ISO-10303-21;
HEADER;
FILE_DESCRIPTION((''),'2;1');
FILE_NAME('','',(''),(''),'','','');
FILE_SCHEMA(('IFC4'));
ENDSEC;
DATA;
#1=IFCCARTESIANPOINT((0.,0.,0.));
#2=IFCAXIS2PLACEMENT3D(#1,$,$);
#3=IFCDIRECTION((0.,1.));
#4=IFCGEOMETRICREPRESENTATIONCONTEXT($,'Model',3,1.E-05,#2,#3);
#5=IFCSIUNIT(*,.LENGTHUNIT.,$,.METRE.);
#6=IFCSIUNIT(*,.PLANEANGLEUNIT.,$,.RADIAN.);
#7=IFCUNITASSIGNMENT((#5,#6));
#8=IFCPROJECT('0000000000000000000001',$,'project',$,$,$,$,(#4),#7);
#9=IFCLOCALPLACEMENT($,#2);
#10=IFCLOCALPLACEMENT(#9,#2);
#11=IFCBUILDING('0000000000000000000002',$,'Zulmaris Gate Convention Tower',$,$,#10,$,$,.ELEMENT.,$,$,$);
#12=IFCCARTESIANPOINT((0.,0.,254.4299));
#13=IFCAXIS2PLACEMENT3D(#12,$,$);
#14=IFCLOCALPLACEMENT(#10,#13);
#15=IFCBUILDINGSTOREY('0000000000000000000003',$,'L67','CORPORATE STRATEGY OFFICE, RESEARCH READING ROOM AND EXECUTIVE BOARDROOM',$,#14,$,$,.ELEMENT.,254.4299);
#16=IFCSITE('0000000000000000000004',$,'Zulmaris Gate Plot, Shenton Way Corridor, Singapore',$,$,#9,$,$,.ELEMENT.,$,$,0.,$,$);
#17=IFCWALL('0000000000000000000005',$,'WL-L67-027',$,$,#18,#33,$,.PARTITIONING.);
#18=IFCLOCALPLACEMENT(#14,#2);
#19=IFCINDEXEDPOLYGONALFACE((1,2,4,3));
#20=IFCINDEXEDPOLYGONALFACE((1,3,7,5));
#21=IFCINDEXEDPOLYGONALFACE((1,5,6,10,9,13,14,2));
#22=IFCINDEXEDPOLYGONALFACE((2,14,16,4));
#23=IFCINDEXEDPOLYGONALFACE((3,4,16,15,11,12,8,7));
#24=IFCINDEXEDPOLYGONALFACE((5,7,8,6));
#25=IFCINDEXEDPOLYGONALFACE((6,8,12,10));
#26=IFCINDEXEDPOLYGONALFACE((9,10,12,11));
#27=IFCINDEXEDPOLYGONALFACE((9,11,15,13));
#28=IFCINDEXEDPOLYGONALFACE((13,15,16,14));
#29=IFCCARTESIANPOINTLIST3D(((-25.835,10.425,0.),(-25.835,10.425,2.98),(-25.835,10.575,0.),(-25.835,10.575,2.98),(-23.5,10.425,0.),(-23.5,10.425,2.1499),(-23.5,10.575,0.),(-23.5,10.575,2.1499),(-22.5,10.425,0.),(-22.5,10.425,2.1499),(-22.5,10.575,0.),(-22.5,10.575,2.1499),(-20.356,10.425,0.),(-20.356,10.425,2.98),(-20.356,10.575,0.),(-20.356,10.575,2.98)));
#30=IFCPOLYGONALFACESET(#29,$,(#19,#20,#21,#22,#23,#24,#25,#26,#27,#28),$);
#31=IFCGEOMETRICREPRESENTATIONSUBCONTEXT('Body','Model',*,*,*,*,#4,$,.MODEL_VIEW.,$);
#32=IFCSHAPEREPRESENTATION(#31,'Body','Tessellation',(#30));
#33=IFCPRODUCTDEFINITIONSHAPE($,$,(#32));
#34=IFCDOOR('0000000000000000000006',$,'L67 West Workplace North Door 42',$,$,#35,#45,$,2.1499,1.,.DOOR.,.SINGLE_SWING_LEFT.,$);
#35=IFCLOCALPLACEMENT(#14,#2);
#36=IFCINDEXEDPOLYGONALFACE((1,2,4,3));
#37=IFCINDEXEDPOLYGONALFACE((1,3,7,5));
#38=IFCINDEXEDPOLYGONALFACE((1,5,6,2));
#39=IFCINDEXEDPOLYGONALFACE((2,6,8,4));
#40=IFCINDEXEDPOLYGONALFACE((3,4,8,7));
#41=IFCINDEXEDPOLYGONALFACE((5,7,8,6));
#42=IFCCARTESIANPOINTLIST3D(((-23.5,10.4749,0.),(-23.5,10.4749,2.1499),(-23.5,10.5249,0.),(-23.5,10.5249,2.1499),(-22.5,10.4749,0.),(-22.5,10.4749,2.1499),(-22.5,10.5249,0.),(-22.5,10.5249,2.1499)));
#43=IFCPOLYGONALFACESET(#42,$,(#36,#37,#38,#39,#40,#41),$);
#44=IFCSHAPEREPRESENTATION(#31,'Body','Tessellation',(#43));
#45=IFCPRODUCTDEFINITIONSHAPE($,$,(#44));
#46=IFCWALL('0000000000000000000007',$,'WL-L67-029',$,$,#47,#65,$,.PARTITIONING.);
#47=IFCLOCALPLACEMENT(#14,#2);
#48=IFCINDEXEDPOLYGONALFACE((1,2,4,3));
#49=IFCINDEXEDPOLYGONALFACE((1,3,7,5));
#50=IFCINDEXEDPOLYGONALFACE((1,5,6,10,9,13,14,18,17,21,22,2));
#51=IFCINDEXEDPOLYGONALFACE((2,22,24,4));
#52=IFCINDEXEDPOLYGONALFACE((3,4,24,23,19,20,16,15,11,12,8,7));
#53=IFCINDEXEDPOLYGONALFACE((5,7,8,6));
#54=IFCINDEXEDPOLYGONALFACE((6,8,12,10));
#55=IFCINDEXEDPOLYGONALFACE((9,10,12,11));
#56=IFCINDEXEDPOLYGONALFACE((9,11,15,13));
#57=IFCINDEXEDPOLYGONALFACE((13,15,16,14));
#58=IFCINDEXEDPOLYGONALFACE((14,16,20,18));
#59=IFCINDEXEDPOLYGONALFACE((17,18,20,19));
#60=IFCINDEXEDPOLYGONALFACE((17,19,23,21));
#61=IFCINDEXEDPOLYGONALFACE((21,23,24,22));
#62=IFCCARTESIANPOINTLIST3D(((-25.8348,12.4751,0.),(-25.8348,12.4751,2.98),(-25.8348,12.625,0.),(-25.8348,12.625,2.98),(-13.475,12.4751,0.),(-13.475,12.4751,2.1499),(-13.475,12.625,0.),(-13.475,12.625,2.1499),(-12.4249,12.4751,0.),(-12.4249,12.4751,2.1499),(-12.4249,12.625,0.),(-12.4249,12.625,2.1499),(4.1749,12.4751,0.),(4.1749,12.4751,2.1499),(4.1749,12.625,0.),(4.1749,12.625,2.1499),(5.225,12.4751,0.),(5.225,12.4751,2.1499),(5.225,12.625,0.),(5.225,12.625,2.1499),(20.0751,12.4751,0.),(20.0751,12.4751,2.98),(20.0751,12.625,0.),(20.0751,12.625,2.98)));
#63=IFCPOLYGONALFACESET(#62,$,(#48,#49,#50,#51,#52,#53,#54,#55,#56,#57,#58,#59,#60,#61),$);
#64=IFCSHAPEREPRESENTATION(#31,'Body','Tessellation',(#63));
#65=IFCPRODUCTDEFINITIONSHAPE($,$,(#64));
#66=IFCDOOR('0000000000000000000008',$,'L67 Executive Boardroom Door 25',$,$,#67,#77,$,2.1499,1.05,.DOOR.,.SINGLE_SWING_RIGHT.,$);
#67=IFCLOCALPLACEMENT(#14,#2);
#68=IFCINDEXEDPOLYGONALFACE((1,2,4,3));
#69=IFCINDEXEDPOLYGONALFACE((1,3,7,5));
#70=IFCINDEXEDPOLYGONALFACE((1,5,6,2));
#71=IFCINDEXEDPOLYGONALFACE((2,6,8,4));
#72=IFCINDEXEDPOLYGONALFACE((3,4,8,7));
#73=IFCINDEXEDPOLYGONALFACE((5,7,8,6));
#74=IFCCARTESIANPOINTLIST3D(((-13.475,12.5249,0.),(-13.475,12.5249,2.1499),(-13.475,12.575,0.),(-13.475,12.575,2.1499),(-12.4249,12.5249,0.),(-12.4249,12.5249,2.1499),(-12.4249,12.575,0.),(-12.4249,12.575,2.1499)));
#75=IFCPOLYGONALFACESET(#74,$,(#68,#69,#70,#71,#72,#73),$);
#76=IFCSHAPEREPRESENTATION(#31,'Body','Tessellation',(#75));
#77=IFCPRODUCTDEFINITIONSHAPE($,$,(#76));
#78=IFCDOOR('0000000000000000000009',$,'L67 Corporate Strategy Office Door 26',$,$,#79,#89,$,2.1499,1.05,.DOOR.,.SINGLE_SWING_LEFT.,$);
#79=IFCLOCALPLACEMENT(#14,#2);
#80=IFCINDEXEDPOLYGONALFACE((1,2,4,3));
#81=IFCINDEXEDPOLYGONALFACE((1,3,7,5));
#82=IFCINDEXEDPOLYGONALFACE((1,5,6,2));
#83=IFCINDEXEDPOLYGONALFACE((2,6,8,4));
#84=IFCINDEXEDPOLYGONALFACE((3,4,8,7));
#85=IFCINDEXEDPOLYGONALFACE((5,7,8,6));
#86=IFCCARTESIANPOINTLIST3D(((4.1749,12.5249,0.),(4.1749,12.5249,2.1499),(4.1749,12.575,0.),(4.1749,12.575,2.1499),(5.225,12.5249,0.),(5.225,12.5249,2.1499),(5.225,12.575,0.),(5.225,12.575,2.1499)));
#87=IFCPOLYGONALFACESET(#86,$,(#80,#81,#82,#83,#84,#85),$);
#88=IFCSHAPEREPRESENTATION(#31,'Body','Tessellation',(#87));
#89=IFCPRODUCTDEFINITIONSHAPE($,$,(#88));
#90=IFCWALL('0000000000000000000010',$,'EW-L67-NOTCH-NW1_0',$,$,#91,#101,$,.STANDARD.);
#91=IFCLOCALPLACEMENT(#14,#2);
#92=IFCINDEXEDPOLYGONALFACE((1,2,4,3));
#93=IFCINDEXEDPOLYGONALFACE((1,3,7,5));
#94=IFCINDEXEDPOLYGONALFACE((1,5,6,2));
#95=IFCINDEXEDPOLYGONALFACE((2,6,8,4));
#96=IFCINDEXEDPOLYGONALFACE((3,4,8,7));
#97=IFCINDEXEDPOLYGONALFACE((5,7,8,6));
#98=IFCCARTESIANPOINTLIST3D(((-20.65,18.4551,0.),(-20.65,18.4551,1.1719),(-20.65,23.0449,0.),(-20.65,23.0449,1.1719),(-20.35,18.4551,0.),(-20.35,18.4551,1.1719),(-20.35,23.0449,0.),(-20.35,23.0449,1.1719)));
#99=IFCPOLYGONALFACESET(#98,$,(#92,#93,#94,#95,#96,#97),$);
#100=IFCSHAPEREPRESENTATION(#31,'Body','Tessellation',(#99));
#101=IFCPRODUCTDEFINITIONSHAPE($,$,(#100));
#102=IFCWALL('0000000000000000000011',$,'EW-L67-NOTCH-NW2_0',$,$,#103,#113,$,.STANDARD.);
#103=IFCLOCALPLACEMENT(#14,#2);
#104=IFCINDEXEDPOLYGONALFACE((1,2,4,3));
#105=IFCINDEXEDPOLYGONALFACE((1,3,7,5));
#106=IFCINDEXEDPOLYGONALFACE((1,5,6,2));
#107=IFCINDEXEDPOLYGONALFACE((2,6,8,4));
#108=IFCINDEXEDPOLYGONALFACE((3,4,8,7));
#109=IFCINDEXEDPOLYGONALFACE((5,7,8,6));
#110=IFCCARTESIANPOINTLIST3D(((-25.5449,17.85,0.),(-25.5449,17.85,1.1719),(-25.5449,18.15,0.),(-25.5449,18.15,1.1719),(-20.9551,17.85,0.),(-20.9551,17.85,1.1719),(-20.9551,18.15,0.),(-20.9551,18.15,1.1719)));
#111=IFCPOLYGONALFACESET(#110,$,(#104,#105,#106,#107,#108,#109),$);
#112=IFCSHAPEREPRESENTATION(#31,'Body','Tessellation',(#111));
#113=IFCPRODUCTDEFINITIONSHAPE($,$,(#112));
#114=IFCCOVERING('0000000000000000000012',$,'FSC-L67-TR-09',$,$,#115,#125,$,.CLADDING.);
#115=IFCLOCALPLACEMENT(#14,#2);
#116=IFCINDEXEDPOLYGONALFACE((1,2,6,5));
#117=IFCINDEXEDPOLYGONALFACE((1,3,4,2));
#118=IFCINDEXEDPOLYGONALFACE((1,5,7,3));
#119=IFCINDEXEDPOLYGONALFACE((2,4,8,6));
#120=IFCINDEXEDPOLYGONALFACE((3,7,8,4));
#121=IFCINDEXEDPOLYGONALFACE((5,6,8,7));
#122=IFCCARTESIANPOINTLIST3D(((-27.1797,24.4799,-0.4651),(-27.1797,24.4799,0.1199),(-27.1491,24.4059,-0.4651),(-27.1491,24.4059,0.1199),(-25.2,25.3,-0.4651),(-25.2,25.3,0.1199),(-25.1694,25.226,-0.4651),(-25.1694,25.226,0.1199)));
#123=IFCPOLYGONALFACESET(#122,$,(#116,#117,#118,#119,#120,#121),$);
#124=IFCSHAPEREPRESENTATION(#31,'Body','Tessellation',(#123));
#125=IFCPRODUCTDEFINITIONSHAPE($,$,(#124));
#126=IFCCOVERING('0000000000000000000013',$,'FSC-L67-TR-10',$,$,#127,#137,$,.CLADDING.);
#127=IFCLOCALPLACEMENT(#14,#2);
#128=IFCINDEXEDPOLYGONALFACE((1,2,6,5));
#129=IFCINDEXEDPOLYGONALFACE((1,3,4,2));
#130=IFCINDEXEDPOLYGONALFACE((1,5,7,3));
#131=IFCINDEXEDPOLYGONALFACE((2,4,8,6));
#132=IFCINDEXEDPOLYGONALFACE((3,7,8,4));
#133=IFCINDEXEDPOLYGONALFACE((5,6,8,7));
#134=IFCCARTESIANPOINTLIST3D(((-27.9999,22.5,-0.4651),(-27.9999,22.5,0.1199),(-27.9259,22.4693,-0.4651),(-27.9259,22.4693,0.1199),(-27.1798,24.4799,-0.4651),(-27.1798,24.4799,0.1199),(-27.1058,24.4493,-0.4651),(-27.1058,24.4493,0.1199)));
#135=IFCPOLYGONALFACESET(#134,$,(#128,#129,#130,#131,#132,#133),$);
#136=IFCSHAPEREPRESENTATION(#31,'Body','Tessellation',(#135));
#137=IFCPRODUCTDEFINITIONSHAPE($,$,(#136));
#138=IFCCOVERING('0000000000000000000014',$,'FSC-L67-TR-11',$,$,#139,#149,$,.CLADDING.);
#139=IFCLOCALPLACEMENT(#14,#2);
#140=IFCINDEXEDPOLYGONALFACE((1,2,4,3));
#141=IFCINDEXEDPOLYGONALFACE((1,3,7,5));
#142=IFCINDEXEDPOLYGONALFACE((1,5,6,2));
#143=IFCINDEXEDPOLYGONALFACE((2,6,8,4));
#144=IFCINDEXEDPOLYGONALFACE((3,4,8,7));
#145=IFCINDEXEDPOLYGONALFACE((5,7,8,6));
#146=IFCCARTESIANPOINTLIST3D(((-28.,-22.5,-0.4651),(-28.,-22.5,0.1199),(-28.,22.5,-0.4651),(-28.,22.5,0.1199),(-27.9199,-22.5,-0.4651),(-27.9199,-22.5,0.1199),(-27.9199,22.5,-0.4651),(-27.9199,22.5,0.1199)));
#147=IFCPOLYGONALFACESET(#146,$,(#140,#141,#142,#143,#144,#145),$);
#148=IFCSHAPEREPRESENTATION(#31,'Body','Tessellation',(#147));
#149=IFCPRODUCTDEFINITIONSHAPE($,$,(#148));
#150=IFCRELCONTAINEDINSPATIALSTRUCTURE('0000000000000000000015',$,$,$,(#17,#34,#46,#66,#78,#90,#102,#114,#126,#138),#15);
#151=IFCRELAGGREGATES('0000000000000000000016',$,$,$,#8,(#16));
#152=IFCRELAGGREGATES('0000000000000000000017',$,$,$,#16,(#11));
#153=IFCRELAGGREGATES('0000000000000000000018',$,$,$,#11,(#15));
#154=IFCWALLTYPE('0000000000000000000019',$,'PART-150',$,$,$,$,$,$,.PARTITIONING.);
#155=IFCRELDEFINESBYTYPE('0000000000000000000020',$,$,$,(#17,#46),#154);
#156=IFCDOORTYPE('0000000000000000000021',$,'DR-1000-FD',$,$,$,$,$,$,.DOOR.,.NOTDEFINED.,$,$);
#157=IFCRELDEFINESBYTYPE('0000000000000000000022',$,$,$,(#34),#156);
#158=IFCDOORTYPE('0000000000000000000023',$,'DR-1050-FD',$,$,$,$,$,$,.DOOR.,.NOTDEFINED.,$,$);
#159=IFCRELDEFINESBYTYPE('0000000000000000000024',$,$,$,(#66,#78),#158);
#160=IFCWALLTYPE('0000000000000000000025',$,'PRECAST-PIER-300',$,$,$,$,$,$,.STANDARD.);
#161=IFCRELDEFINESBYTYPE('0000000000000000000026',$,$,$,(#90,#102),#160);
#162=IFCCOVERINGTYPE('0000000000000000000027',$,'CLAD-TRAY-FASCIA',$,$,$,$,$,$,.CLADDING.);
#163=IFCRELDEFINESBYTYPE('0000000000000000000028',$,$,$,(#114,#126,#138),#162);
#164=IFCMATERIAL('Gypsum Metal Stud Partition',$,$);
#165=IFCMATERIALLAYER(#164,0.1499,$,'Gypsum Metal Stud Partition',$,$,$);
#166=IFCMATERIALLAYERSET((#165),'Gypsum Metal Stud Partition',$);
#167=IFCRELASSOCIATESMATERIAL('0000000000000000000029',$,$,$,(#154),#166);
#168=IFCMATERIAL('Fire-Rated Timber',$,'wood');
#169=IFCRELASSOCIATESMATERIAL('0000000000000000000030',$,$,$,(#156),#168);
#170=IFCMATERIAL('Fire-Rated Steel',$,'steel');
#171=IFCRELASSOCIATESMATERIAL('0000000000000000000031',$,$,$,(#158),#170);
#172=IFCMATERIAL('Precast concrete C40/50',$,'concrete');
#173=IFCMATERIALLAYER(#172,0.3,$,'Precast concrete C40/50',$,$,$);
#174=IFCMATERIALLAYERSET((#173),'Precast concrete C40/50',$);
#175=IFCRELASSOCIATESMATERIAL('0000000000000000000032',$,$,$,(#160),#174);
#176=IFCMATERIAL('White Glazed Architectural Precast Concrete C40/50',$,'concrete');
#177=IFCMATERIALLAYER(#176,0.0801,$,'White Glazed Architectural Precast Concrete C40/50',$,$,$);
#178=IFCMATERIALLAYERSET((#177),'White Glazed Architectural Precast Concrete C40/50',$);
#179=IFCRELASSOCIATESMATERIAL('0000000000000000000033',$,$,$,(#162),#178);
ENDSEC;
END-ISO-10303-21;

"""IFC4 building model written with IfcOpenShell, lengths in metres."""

from ifc_helpers import new_model, si_unit, direction, frame, frame_2d, origin, place, context, subcontext, project, spatial, rectangle, extrude, material, layer, layer_set, type_object, element, fill, save


model = new_model("IFC4")

# Units and contexts
model_context = context("Model", 3, precision=1e-05, world=origin(), true_north=direction((0.0, 1.0)))
body_context = subcontext(model_context, "Body", "Model", "MODEL_VIEW")
ifc_project = project(units=[si_unit("LENGTHUNIT", "METRE"), si_unit("PLANEANGLEUNIT", "RADIAN")], contexts=[model_context])

# Site, building, storey
site_placement = place(None, origin())
site = spatial("IfcSite", under=ifc_project, at=site_placement, Name="Zulmaris Gate Plot, Shenton Way Corridor, Singapore", CompositionType="ELEMENT", RefElevation=0.0)
building_placement = place(site_placement, origin())
building = spatial("IfcBuilding", under=site, at=building_placement, Name="Zulmaris Gate Convention Tower", CompositionType="ELEMENT")
storey_placement = place(building_placement, frame((0.0, 0.0, 254.4299)))
storey = spatial("IfcBuildingStorey", under=building, at=storey_placement, Name="L67", Description="CORPORATE STRATEGY OFFICE, RESEARCH READING ROOM AND EXECUTIVE BOARDROOM", CompositionType="ELEMENT", Elevation=254.4299)

# Wall, opening, door
ifc_material_1 = material(Name="Fire-Rated Steel", Category="steel")
ifc_material_2 = material(Name="Gypsum Metal Stud Partition")
ifc_layer_1 = layer(ifc_material_2, 0.1499, Name="Gypsum Metal Stud Partition")
ifc_layer_set_1 = layer_set([ifc_layer_1], Name="Gypsum Metal Stud Partition")
wall_type_1 = type_object("IfcWallType", Name="PART-150", PredefinedType="PARTITIONING", material=ifc_layer_set_1)
wall_1_placement = place(storey_placement, frame((-25.835, 10.5, 0.0), z_axis=(0.0, 0.0, 1.0), x_axis=(1.0, 0.0, 0.0)))
wall_1 = element("IfcWall", 1, at=wall_1_placement, inside=storey, type_object=wall_type_1, Name="WL-L67-027", PredefinedType="PARTITIONING", context=body_context, shape_type="SweptSolid", body=[
    extrude(rectangle(XDim=5.479, YDim=0.1499, at=frame_2d((2.7395, 0.0))), origin(), (0.0, 0.0, 1.0), 2.98),
])
opening_1_placement = place(wall_1_placement, frame((2.335, 0.0, 0.0)))
opening_1 = element("IfcOpeningElement", 2, at=opening_1_placement, cuts=wall_1, PredefinedType="OPENING", context=body_context, shape_type="SweptSolid", body=[
    extrude(rectangle(XDim=1.0, YDim=2.1499, at=frame_2d((0.5, 1.075))), frame((0.0, 0.085, 0.0), z_axis=(0.0, -1.0, 0.0), x_axis=(1.0, 0.0, 0.0)), (0.0, 0.0, 1.0), 0.1699),
])
ifc_material_3 = material(Name="Fire-Rated Timber", Category="wood")
door_type_1 = type_object("IfcDoorType", Name="DR-1000-FD", OperationType="NOTDEFINED", PredefinedType="DOOR", material=ifc_material_3)
door_1_placement = place(opening_1_placement, origin())
door_1 = element("IfcDoor", 3, at=door_1_placement, inside=storey, type_object=door_type_1, Name="L67 West Workplace North Door 42", OperationType="SINGLE_SWING_LEFT", OverallHeight=2.1499, OverallWidth=1.0, PredefinedType="DOOR", context=body_context, shape_type="SweptSolid", body=[
    extrude(rectangle(XDim=1.0, YDim=2.1499, at=frame_2d((0.5, 1.075))), frame((0.0, 0.0249, 0.0), z_axis=(0.0, -1.0, 0.0), x_axis=(1.0, 0.0, 0.0)), (0.0, 0.0, 1.0), 0.05),
])
fill(opening_1, door_1)

# Wall, openings, doors
wall_2_placement = place(storey_placement, frame((-25.835, 12.55, 0.0), z_axis=(0.0, 0.0, 1.0), x_axis=(1.0, 0.0, 0.0)))
wall_2 = element("IfcWall", 4, at=wall_2_placement, inside=storey, type_object=wall_type_1, Name="WL-L67-029", PredefinedType="PARTITIONING", context=body_context, shape_type="SweptSolid", body=[
    extrude(rectangle(XDim=45.9099, YDim=0.1499, at=frame_2d((22.9551, 0.0))), origin(), (0.0, 0.0, 1.0), 2.98),
])
opening_2_placement = place(wall_2_placement, frame((12.3601, 0.0, 0.0)))
opening_2 = element("IfcOpeningElement", 5, at=opening_2_placement, cuts=wall_2, PredefinedType="OPENING", context=body_context, shape_type="SweptSolid", body=[
    extrude(rectangle(XDim=1.05, YDim=2.1499, at=frame_2d((0.5249, 1.075))), frame((0.0, 0.085, 0.0), z_axis=(0.0, -1.0, 0.0), x_axis=(1.0, 0.0, 0.0)), (0.0, 0.0, 1.0), 0.1699),
])
opening_3_placement = place(wall_2_placement, frame((30.01, 0.0, 0.0)))
opening_3 = element("IfcOpeningElement", 6, at=opening_3_placement, cuts=wall_2, PredefinedType="OPENING", context=body_context, shape_type="SweptSolid", body=[
    extrude(rectangle(XDim=1.05, YDim=2.1499, at=frame_2d((0.5249, 1.075))), frame((0.0, 0.085, 0.0), z_axis=(0.0, -1.0, 0.0), x_axis=(1.0, 0.0, 0.0)), (0.0, 0.0, 1.0), 0.1699),
])
door_type_2 = type_object("IfcDoorType", Name="DR-1050-FD", OperationType="NOTDEFINED", PredefinedType="DOOR", material=ifc_material_1)
door_2_placement = place(opening_2_placement, origin())
door_2 = element("IfcDoor", 7, at=door_2_placement, inside=storey, type_object=door_type_2, Name="L67 Executive Boardroom Door 25", OperationType="SINGLE_SWING_RIGHT", OverallHeight=2.1499, OverallWidth=1.05, PredefinedType="DOOR", context=body_context, shape_type="SweptSolid", body=[
    extrude(rectangle(XDim=1.05, YDim=2.1499, at=frame_2d((0.5249, 1.075))), frame((0.0, 0.0249, 0.0), z_axis=(0.0, -1.0, 0.0), x_axis=(1.0, 0.0, 0.0)), (0.0, 0.0, 1.0), 0.05),
])
fill(opening_2, door_2)
door_3_placement = place(opening_3_placement, origin())
door_3 = element("IfcDoor", 8, at=door_3_placement, inside=storey, type_object=door_type_2, Name="L67 Corporate Strategy Office Door 26", OperationType="SINGLE_SWING_LEFT", OverallHeight=2.1499, OverallWidth=1.05, PredefinedType="DOOR", context=body_context, shape_type="SweptSolid", body=[
    extrude(rectangle(XDim=1.05, YDim=2.1499, at=frame_2d((0.5249, 1.075))), frame((0.0, 0.0249, 0.0), z_axis=(0.0, -1.0, 0.0), x_axis=(1.0, 0.0, 0.0)), (0.0, 0.0, 1.0), 0.05),
])
fill(opening_3, door_3)

# Walls
ifc_material_4 = material(Name="Precast concrete C40/50", Category="concrete")
ifc_layer_2 = layer(ifc_material_4, 0.3, Name="Precast concrete C40/50")
ifc_layer_set_2 = layer_set([ifc_layer_2], Name="Precast concrete C40/50")
wall_type_2 = type_object("IfcWallType", Name="PRECAST-PIER-300", PredefinedType="STANDARD", material=ifc_layer_set_2)
for number, where, z_axis, x_axis, name in (
    (9, (-20.5, 23.0449, 0.0), (0.0, 0.0, 1.0), (0.0, -1.0, 0.0), "EW-L67-NOTCH-NW1_0"),
    (10, (-20.9551, 18.0, 0.0), (0.0, 0.0, 1.0), (-1.0, 0.0, 0.0), "EW-L67-NOTCH-NW2_0"),
):
    element("IfcWall", number, at=place(storey_placement, frame(where, z_axis=z_axis, x_axis=x_axis)), inside=storey, type_object=wall_type_2, Name=name, PredefinedType="STANDARD", context=body_context, shape_type="SweptSolid", body=[
        extrude(rectangle(XDim=4.5898, YDim=0.3, at=frame_2d((2.2949, 0.0))), origin(), (0.0, 0.0, 1.0), 1.1719),
    ])

# Coverings
ifc_material_5 = material(Name="White Glazed Architectural Precast Concrete C40/50", Category="concrete")
ifc_layer_3 = layer(ifc_material_5, 0.0801, Name="White Glazed Architectural Precast Concrete C40/50")
ifc_layer_set_3 = layer_set([ifc_layer_3], Name="White Glazed Architectural Precast Concrete C40/50")
covering_type = type_object("IfcCoveringType", Name="CLAD-TRAY-FASCIA", PredefinedType="CLADDING", material=ifc_layer_set_3)
covering_1_placement = place(storey_placement, frame((-25.1848, 25.2629, -0.4651), z_axis=(0.0, 0.0, 1.0), x_axis=(-0.923874, -0.382697, 0.0)))
element("IfcCovering", 11, at=covering_1_placement, inside=storey, type_object=covering_type, Name="FSC-L67-TR-09", PredefinedType="CLADDING", context=body_context, shape_type="SweptSolid", body=[
    extrude(rectangle(XDim=2.1428, YDim=0.0801, at=frame_2d((1.0713, 0.0))), origin(), (0.0, 0.0, 1.0), 0.585),
])
covering_2_placement = place(storey_placement, frame((-27.1428, 24.4646, -0.4651), z_axis=(0.0, 0.0, 1.0), x_axis=(-0.382657, -0.92389, 0.0)))
element("IfcCovering", 12, at=covering_2_placement, inside=storey, type_object=covering_type, Name="FSC-L67-TR-10", PredefinedType="CLADDING", context=body_context, shape_type="SweptSolid", body=[
    extrude(rectangle(XDim=2.1431, YDim=0.0801, at=frame_2d((1.0715, 0.0))), origin(), (0.0, 0.0, 1.0), 0.585),
])
covering_3_placement = place(storey_placement, frame((-27.96, 22.5, -0.4651), z_axis=(0.0, 0.0, 1.0), x_axis=(0.0, -1.0, 0.0)))
element("IfcCovering", 13, at=covering_3_placement, inside=storey, type_object=covering_type, Name="FSC-L67-TR-11", PredefinedType="CLADDING", context=body_context, shape_type="SweptSolid", body=[
    extrude(rectangle(XDim=45.0, YDim=0.0801, at=frame_2d((22.5, 0.0))), origin(), (0.0, 0.0, 1.0), 0.585),
])

save(model, "model.ifc")
